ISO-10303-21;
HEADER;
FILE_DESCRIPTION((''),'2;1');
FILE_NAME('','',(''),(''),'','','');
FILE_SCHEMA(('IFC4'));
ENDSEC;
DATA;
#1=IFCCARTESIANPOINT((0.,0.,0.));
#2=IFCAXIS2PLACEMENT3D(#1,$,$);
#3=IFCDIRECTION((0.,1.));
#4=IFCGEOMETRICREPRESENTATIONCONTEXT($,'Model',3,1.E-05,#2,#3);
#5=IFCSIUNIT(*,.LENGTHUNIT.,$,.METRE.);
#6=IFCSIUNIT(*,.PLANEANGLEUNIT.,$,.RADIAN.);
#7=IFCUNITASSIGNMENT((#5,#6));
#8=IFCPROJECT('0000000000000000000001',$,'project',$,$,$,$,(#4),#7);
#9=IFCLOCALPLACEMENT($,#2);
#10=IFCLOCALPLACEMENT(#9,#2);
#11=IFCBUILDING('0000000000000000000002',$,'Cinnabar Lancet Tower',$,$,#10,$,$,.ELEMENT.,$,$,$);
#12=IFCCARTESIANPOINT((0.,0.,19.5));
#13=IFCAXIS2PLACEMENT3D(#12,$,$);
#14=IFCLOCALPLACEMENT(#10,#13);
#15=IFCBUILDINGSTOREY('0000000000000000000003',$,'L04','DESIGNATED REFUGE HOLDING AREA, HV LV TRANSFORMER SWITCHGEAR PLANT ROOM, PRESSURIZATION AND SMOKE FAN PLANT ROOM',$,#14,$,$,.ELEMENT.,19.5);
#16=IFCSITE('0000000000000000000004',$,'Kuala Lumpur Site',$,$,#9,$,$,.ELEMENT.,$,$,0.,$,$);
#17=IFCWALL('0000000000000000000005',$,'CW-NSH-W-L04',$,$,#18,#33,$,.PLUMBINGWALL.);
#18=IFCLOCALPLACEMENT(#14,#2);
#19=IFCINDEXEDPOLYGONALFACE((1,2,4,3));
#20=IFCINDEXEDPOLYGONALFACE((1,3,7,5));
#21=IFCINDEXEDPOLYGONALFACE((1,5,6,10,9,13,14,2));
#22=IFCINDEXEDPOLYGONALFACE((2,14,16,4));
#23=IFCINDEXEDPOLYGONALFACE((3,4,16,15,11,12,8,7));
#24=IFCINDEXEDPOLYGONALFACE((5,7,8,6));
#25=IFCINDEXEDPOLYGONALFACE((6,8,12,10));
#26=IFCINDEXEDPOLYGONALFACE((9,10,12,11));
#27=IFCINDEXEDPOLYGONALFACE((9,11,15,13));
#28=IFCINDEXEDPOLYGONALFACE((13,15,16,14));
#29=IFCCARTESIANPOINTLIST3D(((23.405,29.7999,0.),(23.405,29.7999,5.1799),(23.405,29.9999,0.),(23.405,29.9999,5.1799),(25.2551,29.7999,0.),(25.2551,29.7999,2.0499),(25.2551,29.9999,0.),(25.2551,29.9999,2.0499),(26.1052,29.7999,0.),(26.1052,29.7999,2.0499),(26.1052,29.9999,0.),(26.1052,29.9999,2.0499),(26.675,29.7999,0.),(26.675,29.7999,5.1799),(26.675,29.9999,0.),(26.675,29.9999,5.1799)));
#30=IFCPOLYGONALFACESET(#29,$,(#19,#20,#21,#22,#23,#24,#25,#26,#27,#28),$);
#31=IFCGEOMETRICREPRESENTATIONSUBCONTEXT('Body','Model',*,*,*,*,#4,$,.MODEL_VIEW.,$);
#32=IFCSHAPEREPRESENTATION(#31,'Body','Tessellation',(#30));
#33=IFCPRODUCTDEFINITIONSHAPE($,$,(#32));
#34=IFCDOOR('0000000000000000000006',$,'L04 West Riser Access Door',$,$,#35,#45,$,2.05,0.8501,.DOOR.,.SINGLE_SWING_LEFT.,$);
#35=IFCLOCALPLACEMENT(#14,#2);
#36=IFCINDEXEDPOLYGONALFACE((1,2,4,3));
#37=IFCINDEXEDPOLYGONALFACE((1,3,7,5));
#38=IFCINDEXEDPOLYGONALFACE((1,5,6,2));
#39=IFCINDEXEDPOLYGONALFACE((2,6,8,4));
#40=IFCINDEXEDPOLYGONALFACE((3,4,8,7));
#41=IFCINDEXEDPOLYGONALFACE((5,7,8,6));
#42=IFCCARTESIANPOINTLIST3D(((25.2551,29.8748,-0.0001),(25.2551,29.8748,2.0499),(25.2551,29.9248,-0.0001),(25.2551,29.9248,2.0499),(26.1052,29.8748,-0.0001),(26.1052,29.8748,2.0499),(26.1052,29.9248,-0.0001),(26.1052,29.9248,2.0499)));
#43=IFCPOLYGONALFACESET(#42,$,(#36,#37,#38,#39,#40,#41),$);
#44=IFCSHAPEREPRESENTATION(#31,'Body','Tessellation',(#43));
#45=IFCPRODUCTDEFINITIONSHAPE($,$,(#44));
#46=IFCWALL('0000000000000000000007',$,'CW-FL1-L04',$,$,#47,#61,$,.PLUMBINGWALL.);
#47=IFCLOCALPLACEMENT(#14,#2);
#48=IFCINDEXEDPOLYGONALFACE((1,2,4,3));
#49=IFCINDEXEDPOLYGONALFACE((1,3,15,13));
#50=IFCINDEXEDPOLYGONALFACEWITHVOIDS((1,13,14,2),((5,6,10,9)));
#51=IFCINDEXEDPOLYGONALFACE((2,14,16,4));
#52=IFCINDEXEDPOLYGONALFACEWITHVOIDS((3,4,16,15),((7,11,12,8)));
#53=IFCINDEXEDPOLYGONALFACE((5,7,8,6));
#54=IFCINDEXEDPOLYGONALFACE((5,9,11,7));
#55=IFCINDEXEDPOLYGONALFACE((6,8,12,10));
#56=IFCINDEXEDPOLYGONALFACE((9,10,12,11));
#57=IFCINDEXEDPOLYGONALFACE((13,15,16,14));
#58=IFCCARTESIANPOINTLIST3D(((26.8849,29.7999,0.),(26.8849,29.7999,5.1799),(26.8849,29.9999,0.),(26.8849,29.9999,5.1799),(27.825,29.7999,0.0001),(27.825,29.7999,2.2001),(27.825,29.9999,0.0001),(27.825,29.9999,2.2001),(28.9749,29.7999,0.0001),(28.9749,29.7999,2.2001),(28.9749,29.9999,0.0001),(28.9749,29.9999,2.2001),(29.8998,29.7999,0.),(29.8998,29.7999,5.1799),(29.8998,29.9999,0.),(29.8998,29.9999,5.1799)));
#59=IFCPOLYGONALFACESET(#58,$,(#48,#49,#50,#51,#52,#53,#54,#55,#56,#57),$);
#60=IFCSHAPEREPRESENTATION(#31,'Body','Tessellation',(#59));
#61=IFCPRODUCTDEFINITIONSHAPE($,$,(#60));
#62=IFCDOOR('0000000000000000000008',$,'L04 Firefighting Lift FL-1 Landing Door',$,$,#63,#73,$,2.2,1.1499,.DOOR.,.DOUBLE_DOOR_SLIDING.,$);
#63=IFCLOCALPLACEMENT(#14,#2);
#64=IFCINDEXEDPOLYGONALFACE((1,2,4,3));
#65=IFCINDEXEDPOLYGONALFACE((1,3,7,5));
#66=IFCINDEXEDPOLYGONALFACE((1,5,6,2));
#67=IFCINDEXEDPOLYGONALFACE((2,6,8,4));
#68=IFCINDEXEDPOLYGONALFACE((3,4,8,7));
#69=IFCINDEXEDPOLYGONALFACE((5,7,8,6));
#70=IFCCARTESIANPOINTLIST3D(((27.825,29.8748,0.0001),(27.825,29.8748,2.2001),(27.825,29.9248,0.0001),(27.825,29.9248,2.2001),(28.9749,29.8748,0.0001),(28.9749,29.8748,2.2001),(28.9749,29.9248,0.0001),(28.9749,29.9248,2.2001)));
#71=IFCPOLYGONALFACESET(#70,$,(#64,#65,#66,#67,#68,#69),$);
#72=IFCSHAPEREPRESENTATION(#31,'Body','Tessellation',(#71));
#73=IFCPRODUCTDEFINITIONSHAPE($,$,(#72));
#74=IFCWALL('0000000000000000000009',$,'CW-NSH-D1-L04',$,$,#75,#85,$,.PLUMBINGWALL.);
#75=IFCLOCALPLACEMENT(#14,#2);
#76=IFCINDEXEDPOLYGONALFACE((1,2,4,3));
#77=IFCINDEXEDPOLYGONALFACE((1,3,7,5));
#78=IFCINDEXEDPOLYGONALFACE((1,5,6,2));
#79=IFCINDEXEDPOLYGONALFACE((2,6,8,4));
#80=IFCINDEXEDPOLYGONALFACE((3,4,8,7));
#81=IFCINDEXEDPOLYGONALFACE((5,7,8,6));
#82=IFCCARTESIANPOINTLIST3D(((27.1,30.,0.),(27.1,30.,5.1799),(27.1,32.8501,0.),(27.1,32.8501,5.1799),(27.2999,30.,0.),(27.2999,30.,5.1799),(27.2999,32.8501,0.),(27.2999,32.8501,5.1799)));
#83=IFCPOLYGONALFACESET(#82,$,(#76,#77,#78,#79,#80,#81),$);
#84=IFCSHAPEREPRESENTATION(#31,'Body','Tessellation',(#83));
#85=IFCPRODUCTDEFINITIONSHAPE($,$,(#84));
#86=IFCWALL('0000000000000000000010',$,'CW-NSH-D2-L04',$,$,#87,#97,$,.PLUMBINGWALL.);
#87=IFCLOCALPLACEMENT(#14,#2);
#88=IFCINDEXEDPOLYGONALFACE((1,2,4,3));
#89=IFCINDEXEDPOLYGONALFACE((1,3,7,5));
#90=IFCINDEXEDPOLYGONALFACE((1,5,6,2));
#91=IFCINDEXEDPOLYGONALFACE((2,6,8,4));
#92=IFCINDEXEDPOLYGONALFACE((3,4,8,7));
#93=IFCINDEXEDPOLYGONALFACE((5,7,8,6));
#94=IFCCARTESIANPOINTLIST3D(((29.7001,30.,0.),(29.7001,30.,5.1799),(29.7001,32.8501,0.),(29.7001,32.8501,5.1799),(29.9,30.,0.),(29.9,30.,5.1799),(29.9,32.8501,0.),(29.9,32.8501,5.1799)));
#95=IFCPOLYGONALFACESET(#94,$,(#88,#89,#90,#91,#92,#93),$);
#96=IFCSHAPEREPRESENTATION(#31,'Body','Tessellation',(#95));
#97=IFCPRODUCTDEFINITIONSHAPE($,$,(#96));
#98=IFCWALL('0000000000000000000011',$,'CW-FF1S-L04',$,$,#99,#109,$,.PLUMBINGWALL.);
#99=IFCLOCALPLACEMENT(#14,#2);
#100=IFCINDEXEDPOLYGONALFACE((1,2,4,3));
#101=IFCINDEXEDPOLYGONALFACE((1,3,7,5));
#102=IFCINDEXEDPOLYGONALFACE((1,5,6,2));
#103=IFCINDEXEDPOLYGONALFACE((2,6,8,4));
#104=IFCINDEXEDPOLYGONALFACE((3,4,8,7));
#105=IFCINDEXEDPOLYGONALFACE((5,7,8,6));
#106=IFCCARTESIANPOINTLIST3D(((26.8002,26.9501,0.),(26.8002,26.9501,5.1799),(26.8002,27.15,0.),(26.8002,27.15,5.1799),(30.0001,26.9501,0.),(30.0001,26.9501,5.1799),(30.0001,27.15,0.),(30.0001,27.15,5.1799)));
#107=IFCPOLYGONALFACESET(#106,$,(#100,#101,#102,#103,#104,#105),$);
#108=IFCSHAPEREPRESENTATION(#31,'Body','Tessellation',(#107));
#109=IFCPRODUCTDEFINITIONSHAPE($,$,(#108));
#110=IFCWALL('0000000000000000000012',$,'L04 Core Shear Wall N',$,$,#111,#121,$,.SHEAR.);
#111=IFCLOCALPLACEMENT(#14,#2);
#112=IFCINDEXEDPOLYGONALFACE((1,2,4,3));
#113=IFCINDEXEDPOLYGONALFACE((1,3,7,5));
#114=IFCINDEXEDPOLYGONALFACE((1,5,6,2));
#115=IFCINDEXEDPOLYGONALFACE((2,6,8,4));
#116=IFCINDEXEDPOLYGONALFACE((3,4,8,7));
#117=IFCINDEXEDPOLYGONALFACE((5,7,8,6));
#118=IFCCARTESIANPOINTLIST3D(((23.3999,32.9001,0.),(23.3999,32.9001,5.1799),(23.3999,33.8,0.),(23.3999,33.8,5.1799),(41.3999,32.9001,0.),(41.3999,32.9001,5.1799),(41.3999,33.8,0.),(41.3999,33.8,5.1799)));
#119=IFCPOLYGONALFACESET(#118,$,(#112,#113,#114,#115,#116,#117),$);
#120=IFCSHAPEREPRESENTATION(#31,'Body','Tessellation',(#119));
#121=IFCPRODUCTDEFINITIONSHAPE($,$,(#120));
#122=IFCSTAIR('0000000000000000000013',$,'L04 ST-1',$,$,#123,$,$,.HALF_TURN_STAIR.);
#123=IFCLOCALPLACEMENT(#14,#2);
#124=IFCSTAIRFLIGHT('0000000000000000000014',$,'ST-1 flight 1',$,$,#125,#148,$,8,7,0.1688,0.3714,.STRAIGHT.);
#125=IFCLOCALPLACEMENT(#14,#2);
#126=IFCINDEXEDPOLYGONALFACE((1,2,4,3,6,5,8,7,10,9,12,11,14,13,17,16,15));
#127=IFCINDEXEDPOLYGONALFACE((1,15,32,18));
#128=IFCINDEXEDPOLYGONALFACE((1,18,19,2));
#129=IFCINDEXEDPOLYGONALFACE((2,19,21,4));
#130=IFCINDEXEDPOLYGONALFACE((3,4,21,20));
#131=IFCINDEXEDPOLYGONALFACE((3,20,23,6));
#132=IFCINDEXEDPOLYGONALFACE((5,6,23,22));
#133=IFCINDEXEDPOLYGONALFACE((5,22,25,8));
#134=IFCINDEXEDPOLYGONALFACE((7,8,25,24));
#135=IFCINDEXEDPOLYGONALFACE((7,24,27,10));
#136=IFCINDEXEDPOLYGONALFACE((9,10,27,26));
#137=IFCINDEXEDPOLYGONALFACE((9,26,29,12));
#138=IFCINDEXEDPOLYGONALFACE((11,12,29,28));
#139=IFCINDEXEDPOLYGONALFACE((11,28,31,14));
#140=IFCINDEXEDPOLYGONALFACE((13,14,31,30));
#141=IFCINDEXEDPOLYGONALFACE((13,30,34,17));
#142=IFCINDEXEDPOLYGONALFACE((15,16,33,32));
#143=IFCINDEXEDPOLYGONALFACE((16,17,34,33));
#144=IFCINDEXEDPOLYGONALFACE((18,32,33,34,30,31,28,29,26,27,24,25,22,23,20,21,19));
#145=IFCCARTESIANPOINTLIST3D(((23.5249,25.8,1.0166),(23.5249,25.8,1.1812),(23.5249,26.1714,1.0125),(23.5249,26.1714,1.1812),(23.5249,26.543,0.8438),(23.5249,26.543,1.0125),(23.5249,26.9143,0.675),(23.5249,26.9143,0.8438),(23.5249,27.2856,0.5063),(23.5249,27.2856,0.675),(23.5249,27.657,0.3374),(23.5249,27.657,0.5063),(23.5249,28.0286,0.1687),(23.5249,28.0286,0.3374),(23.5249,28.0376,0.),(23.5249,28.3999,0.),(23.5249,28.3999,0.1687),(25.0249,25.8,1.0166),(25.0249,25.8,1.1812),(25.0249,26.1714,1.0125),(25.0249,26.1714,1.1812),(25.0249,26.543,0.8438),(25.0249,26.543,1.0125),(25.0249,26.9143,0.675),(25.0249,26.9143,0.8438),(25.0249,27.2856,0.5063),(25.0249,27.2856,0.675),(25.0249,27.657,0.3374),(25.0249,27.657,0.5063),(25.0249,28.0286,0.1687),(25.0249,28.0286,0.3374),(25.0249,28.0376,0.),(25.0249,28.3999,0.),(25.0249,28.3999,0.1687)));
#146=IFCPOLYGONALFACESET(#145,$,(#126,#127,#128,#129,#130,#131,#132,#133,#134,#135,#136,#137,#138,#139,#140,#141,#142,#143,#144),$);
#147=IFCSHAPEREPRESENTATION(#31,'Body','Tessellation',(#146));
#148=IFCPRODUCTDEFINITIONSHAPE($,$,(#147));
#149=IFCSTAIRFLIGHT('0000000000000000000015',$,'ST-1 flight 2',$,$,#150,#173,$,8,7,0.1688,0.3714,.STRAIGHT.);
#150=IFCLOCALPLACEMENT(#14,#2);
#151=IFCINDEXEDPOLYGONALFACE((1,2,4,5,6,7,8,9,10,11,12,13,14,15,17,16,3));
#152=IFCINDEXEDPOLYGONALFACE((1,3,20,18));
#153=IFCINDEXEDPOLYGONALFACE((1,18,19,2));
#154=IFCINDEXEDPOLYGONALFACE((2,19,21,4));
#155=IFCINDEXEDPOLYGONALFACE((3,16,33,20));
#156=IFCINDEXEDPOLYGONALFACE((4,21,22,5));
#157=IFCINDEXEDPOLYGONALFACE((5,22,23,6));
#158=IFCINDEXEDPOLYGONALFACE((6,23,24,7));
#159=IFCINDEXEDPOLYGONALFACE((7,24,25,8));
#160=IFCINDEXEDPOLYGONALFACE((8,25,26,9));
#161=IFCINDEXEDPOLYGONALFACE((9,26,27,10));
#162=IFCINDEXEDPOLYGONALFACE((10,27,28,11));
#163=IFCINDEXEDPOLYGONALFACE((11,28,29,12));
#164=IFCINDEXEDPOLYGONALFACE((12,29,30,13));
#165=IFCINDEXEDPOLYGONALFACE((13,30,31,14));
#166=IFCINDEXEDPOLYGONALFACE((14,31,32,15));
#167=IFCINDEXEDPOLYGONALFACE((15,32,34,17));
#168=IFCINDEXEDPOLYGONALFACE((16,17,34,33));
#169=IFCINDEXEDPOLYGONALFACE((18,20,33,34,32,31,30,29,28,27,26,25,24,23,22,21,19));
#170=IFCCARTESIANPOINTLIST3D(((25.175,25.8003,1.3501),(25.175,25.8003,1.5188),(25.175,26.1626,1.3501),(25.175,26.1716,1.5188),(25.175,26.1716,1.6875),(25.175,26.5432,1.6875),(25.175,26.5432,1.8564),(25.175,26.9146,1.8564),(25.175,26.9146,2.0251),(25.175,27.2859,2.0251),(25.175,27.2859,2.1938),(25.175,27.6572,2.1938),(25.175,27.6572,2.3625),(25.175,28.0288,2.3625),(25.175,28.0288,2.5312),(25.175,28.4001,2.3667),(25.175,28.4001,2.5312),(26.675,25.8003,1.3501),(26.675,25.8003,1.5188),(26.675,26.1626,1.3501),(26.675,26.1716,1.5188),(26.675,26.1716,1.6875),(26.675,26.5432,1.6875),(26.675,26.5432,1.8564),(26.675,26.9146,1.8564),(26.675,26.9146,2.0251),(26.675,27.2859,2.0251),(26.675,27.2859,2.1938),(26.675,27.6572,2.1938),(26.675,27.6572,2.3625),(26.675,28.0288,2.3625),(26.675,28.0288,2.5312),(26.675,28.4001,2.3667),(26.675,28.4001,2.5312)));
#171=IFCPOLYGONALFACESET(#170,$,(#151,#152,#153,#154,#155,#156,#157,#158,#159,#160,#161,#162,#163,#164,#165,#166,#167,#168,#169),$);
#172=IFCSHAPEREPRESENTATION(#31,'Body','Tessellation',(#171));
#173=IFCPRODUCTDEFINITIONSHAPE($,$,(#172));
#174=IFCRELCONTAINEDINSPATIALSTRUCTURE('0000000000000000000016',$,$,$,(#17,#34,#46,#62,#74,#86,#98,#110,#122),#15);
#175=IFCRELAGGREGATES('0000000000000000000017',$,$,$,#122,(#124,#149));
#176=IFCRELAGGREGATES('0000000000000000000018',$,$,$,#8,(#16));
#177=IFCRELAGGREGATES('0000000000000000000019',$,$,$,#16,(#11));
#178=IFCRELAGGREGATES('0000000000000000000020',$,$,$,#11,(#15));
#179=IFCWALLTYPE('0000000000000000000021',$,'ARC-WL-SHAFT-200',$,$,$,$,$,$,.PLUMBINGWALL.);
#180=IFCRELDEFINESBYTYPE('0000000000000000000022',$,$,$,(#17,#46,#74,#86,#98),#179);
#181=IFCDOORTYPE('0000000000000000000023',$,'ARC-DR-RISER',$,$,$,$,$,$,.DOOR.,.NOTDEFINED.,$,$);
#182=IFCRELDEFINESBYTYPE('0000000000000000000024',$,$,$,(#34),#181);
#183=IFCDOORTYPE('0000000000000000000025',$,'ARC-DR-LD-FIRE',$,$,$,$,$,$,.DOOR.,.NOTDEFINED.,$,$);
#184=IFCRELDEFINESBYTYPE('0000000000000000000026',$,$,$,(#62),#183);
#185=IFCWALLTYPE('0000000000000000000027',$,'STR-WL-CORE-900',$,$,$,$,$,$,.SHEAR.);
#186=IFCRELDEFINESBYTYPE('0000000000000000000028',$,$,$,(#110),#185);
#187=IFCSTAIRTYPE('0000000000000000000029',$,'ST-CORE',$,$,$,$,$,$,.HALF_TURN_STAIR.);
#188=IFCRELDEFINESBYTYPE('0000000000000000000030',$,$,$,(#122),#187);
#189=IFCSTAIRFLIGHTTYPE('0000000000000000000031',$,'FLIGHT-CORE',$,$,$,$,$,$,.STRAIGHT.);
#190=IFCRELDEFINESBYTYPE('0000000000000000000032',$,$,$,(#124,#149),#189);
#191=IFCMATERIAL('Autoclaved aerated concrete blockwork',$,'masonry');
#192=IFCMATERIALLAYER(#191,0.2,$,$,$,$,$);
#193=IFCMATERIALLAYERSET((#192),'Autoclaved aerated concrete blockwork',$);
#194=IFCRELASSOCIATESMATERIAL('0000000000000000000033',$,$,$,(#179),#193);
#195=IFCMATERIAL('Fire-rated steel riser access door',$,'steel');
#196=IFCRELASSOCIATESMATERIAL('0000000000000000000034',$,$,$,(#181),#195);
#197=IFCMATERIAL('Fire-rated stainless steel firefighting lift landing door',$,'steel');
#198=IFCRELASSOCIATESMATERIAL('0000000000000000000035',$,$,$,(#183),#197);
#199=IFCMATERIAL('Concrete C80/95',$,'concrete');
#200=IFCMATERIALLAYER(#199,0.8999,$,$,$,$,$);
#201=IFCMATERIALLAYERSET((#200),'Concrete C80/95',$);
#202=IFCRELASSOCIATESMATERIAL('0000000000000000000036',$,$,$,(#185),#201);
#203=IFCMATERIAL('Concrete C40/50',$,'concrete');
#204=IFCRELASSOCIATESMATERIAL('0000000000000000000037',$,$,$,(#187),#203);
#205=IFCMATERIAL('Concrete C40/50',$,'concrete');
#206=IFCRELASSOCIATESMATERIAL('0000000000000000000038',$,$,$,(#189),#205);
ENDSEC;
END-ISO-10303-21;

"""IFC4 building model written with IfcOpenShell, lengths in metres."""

from ifc_helpers import new_model, si_unit, direction, frame, frame_2d, origin, place, context, subcontext, project, spatial, polyline, rectangle, outline, extrude, material, layer, layer_set, type_object, element, fill, aggregate, save


model = new_model("IFC4")

# Units and contexts
model_context = context("Model", 3, precision=1e-05, world=origin(), true_north=direction((0.0, 1.0)))
body_context = subcontext(model_context, "Body", "Model", "MODEL_VIEW")
ifc_project = project(units=[si_unit("LENGTHUNIT", "METRE"), si_unit("PLANEANGLEUNIT", "RADIAN")], contexts=[model_context])

# Site, building, storey
site_placement = place(None, origin())
site = spatial("IfcSite", under=ifc_project, at=site_placement, Name="Kuala Lumpur Site", CompositionType="ELEMENT", RefElevation=0.0)
building_placement = place(site_placement, origin())
building = spatial("IfcBuilding", under=site, at=building_placement, Name="Cinnabar Lancet Tower", CompositionType="ELEMENT")
storey_placement = place(building_placement, frame((0.0, 0.0, 19.5)))
storey = spatial("IfcBuildingStorey", under=building, at=storey_placement, Name="L04", Description="DESIGNATED REFUGE HOLDING AREA, HV LV TRANSFORMER SWITCHGEAR PLANT ROOM, PRESSURIZATION AND SMOKE FAN PLANT ROOM", CompositionType="ELEMENT", Elevation=19.5)

# Walls, openings, doors
ifc_material_1 = material(Name="Autoclaved aerated concrete blockwork", Category="masonry")
ifc_layer_1 = layer(ifc_material_1, 0.2)
ifc_layer_set_1 = layer_set([ifc_layer_1], Name="Autoclaved aerated concrete blockwork")
wall_type_1 = type_object("IfcWallType", Name="ARC-WL-SHAFT-200", PredefinedType="PLUMBINGWALL", material=ifc_layer_set_1)
wall_1_placement = place(storey_placement, frame((23.405, 29.8999, 0.0), z_axis=(0.0, 0.0, 1.0), x_axis=(1.0, 0.0, 0.0)))
wall_1 = element("IfcWall", 1, at=wall_1_placement, inside=storey, type_object=wall_type_1, Name="CW-NSH-W-L04", PredefinedType="PLUMBINGWALL", context=body_context, shape_type="SweptSolid", body=[
    extrude(rectangle(XDim=3.27, YDim=0.2, at=frame_2d((1.635, 0.0))), origin(), (0.0, 0.0, 1.0), 5.1799),
])
opening_1_placement = place(wall_1_placement, frame((1.8501, 0.0, 0.0)))
opening_1 = element("IfcOpeningElement", 2, at=opening_1_placement, cuts=wall_1, PredefinedType="OPENING", context=body_context, shape_type="SweptSolid", body=[
    extrude(rectangle(XDim=0.8501, YDim=2.05, at=frame_2d((0.425, 1.0249))), frame((0.0, 0.1099, 0.0), z_axis=(0.0, -1.0, 0.0), x_axis=(1.0, 0.0, 0.0)), (0.0, 0.0, 1.0), 0.22),
])
ifc_material_2 = material(Name="Fire-rated steel riser access door", Category="steel")
door_type_1 = type_object("IfcDoorType", Name="ARC-DR-RISER", OperationType="NOTDEFINED", PredefinedType="DOOR", material=ifc_material_2)
door_1_placement = place(opening_1_placement, origin())
door_1 = element("IfcDoor", 3, at=door_1_placement, inside=storey, type_object=door_type_1, Name="L04 West Riser Access Door", OperationType="SINGLE_SWING_LEFT", OverallHeight=2.05, OverallWidth=0.8501, PredefinedType="DOOR", context=body_context, shape_type="SweptSolid", body=[
    extrude(rectangle(XDim=0.8501, YDim=2.05, at=frame_2d((0.425, 1.0249))), frame((0.0, 0.0249, 0.0), z_axis=(0.0, -1.0, 0.0), x_axis=(1.0, 0.0, 0.0)), (0.0, 0.0, 1.0), 0.05),
])
fill(opening_1, door_1)
wall_2_placement = place(storey_placement, frame((26.885, 29.8999, 0.0), z_axis=(0.0, 0.0, 1.0), x_axis=(1.0, 0.0, 0.0)))
wall_2 = element("IfcWall", 4, at=wall_2_placement, inside=storey, type_object=wall_type_1, Name="CW-FL1-L04", PredefinedType="PLUMBINGWALL", context=body_context, shape_type="SweptSolid", body=[
    extrude(rectangle(XDim=3.0149, YDim=0.2, at=frame_2d((1.5073, 0.0))), origin(), (0.0, 0.0, 1.0), 5.1799),
])
opening_2_placement = place(wall_2_placement, frame((0.9399, 0.0, 0.0)))
opening_2 = element("IfcOpeningElement", 5, at=opening_2_placement, cuts=wall_2, PredefinedType="OPENING", context=body_context, shape_type="SweptSolid", body=[
    extrude(rectangle(XDim=1.1499, YDim=2.2, at=frame_2d((0.575, 1.1001))), frame((0.0, 0.1099, 0.0), z_axis=(0.0, -1.0, 0.0), x_axis=(1.0, 0.0, 0.0)), (0.0, 0.0, 1.0), 0.22),
])
ifc_material_3 = material(Name="Fire-rated stainless steel firefighting lift landing door", Category="steel")
door_type_2 = type_object("IfcDoorType", Name="ARC-DR-LD-FIRE", OperationType="NOTDEFINED", PredefinedType="DOOR", material=ifc_material_3)
door_2_placement = place(opening_2_placement, origin())
door_2 = element("IfcDoor", 6, at=door_2_placement, inside=storey, type_object=door_type_2, Name="L04 Firefighting Lift FL-1 Landing Door", OperationType="DOUBLE_DOOR_SLIDING", OverallHeight=2.2, OverallWidth=1.1499, PredefinedType="DOOR", context=body_context, shape_type="SweptSolid", body=[
    extrude(rectangle(XDim=1.1499, YDim=2.2, at=frame_2d((0.575, 1.1001))), frame((0.0, 0.0249, 0.0), z_axis=(0.0, -1.0, 0.0), x_axis=(1.0, 0.0, 0.0)), (0.0, 0.0, 1.0), 0.05),
])
fill(opening_2, door_2)

# Walls
for number, where, z_axis, x_axis, name in (
    (7, (27.2, 30.0, 0.0), (0.0, 0.0, 1.0), (0.0, 1.0, 0.0), "CW-NSH-D1-L04"),
    (8, (29.8, 30.0, 0.0), (0.0, 0.0, 1.0), (0.0, 1.0, 0.0), "CW-NSH-D2-L04"),
):
    element("IfcWall", number, at=place(storey_placement, frame(where, z_axis=z_axis, x_axis=x_axis)), inside=storey, type_object=wall_type_1, Name=name, PredefinedType="PLUMBINGWALL", context=body_context, shape_type="SweptSolid", body=[
        extrude(rectangle(XDim=2.8501, YDim=0.2, at=frame_2d((1.425, 0.0))), origin(), (0.0, 0.0, 1.0), 5.1799),
    ])
wall_3_placement = place(storey_placement, frame((26.8, 27.05, 0.0), z_axis=(0.0, 0.0, 1.0), x_axis=(1.0, 0.0, 0.0)))
element("IfcWall", 9, at=wall_3_placement, inside=storey, type_object=wall_type_1, Name="CW-FF1S-L04", PredefinedType="PLUMBINGWALL", context=body_context, shape_type="SweptSolid", body=[
    extrude(rectangle(XDim=3.2, YDim=0.2, at=frame_2d((1.6001, 0.0))), origin(), (0.0, 0.0, 1.0), 5.1799),
])
ifc_material_4 = material(Name="Concrete C80/95", Category="concrete")
ifc_layer_2 = layer(ifc_material_4, 0.8999)
ifc_layer_set_2 = layer_set([ifc_layer_2], Name="Concrete C80/95")
wall_type_2 = type_object("IfcWallType", Name="STR-WL-CORE-900", PredefinedType="SHEAR", material=ifc_layer_set_2)
wall_4_placement = place(storey_placement, frame((23.3999, 33.3501, 0.0), z_axis=(0.0, 0.0, 1.0), x_axis=(1.0, 0.0, 0.0)))
element("IfcWall", 10, at=wall_4_placement, inside=storey, type_object=wall_type_2, Name="L04 Core Shear Wall N", PredefinedType="SHEAR", context=body_context, shape_type="SweptSolid", body=[
    extrude(rectangle(XDim=18.0, YDim=0.8999, at=frame_2d((9.0, 0.0))), origin(), (0.0, 0.0, 1.0), 5.1799),
])

# Stair, stair flights
ifc_material_5 = material(Name="Concrete C40/50", Category="concrete")
stair_type = type_object("IfcStairType", Name="ST-CORE", PredefinedType="HALF_TURN_STAIR", material=ifc_material_5)
stair_placement = place(storey_placement, origin())
stair = element("IfcStair", 11, at=stair_placement, inside=storey, type_object=stair_type, Name="L04 ST-1", PredefinedType="HALF_TURN_STAIR")
ifc_material_6 = material(Name="Concrete C40/50", Category="concrete")
stair_flight_type = type_object("IfcStairFlightType", Name="FLIGHT-CORE", PredefinedType="STRAIGHT", material=ifc_material_6)
stair_flight_1_placement = place(storey_placement, frame((24.2749, 28.3999, 0.0), z_axis=(0.0, 0.0, 1.0), x_axis=(0.0, -1.0, 0.0)))
stair_flight_1 = element("IfcStairFlight", 12, at=stair_flight_1_placement, type_object=stair_flight_type, Name="ST-1 flight 1", NumberOfRisers=8, NumberOfTreads=7, PredefinedType="STRAIGHT", RiserHeight=0.1688, TreadLength=0.3714, context=body_context, shape_type="SweptSolid", body=[
    extrude(outline(polyline([(0.0, 0.0), (0.0, 0.1687), (0.3713, 0.1687), (0.3713, 0.3374), (0.7429, 0.3374), (0.7429, 0.5063), (1.1143, 0.5063), (1.1143, 0.675), (1.4856, 0.675), (1.4856, 0.8438), (1.8569, 0.8438), (1.8569, 1.0125), (2.2285, 1.0125), (2.2285, 1.1812), (2.5999, 1.1812), (2.5999, 1.3501), (2.5999, 1.0166), (0.3623, 0.0), (0.0, 0.0)])), frame((0.0, 0.75, 0.0), z_axis=(0.0, -1.0, 0.0), x_axis=(1.0, 0.0, 0.0)), (0.0, 0.0, 1.0), 1.5),
])
stair_flight_2_placement = place(storey_placement, frame((25.925, 25.8003, 1.3501), z_axis=(0.0, 0.0, 1.0), x_axis=(0.0, 1.0, 0.0)))
stair_flight_2 = element("IfcStairFlight", 13, at=stair_flight_2_placement, type_object=stair_flight_type, Name="ST-1 flight 2", NumberOfRisers=8, NumberOfTreads=7, PredefinedType="STRAIGHT", RiserHeight=0.1688, TreadLength=0.3714, context=body_context, shape_type="SweptSolid", body=[
    extrude(outline(polyline([(0.0, 0.0), (0.0, 0.1687), (0.3713, 0.1687), (0.3713, 0.3374), (0.7429, 0.3374), (0.7429, 0.5063), (1.1143, 0.5063), (1.1143, 0.675), (1.4856, 0.675), (1.4856, 0.8438), (1.8569, 0.8438), (1.8569, 1.0125), (2.2285, 1.0125), (2.2285, 1.1812), (2.5999, 1.1812), (2.5999, 1.3501), (2.5999, 1.0166), (0.3623, 0.0), (0.0, 0.0)])), frame((0.0, 0.75, 0.0), z_axis=(0.0, -1.0, 0.0), x_axis=(1.0, 0.0, 0.0)), (0.0, 0.0, 1.0), 1.5),
])
aggregate(stair, [stair_flight_1, stair_flight_2])

save(model, "model.ifc")
